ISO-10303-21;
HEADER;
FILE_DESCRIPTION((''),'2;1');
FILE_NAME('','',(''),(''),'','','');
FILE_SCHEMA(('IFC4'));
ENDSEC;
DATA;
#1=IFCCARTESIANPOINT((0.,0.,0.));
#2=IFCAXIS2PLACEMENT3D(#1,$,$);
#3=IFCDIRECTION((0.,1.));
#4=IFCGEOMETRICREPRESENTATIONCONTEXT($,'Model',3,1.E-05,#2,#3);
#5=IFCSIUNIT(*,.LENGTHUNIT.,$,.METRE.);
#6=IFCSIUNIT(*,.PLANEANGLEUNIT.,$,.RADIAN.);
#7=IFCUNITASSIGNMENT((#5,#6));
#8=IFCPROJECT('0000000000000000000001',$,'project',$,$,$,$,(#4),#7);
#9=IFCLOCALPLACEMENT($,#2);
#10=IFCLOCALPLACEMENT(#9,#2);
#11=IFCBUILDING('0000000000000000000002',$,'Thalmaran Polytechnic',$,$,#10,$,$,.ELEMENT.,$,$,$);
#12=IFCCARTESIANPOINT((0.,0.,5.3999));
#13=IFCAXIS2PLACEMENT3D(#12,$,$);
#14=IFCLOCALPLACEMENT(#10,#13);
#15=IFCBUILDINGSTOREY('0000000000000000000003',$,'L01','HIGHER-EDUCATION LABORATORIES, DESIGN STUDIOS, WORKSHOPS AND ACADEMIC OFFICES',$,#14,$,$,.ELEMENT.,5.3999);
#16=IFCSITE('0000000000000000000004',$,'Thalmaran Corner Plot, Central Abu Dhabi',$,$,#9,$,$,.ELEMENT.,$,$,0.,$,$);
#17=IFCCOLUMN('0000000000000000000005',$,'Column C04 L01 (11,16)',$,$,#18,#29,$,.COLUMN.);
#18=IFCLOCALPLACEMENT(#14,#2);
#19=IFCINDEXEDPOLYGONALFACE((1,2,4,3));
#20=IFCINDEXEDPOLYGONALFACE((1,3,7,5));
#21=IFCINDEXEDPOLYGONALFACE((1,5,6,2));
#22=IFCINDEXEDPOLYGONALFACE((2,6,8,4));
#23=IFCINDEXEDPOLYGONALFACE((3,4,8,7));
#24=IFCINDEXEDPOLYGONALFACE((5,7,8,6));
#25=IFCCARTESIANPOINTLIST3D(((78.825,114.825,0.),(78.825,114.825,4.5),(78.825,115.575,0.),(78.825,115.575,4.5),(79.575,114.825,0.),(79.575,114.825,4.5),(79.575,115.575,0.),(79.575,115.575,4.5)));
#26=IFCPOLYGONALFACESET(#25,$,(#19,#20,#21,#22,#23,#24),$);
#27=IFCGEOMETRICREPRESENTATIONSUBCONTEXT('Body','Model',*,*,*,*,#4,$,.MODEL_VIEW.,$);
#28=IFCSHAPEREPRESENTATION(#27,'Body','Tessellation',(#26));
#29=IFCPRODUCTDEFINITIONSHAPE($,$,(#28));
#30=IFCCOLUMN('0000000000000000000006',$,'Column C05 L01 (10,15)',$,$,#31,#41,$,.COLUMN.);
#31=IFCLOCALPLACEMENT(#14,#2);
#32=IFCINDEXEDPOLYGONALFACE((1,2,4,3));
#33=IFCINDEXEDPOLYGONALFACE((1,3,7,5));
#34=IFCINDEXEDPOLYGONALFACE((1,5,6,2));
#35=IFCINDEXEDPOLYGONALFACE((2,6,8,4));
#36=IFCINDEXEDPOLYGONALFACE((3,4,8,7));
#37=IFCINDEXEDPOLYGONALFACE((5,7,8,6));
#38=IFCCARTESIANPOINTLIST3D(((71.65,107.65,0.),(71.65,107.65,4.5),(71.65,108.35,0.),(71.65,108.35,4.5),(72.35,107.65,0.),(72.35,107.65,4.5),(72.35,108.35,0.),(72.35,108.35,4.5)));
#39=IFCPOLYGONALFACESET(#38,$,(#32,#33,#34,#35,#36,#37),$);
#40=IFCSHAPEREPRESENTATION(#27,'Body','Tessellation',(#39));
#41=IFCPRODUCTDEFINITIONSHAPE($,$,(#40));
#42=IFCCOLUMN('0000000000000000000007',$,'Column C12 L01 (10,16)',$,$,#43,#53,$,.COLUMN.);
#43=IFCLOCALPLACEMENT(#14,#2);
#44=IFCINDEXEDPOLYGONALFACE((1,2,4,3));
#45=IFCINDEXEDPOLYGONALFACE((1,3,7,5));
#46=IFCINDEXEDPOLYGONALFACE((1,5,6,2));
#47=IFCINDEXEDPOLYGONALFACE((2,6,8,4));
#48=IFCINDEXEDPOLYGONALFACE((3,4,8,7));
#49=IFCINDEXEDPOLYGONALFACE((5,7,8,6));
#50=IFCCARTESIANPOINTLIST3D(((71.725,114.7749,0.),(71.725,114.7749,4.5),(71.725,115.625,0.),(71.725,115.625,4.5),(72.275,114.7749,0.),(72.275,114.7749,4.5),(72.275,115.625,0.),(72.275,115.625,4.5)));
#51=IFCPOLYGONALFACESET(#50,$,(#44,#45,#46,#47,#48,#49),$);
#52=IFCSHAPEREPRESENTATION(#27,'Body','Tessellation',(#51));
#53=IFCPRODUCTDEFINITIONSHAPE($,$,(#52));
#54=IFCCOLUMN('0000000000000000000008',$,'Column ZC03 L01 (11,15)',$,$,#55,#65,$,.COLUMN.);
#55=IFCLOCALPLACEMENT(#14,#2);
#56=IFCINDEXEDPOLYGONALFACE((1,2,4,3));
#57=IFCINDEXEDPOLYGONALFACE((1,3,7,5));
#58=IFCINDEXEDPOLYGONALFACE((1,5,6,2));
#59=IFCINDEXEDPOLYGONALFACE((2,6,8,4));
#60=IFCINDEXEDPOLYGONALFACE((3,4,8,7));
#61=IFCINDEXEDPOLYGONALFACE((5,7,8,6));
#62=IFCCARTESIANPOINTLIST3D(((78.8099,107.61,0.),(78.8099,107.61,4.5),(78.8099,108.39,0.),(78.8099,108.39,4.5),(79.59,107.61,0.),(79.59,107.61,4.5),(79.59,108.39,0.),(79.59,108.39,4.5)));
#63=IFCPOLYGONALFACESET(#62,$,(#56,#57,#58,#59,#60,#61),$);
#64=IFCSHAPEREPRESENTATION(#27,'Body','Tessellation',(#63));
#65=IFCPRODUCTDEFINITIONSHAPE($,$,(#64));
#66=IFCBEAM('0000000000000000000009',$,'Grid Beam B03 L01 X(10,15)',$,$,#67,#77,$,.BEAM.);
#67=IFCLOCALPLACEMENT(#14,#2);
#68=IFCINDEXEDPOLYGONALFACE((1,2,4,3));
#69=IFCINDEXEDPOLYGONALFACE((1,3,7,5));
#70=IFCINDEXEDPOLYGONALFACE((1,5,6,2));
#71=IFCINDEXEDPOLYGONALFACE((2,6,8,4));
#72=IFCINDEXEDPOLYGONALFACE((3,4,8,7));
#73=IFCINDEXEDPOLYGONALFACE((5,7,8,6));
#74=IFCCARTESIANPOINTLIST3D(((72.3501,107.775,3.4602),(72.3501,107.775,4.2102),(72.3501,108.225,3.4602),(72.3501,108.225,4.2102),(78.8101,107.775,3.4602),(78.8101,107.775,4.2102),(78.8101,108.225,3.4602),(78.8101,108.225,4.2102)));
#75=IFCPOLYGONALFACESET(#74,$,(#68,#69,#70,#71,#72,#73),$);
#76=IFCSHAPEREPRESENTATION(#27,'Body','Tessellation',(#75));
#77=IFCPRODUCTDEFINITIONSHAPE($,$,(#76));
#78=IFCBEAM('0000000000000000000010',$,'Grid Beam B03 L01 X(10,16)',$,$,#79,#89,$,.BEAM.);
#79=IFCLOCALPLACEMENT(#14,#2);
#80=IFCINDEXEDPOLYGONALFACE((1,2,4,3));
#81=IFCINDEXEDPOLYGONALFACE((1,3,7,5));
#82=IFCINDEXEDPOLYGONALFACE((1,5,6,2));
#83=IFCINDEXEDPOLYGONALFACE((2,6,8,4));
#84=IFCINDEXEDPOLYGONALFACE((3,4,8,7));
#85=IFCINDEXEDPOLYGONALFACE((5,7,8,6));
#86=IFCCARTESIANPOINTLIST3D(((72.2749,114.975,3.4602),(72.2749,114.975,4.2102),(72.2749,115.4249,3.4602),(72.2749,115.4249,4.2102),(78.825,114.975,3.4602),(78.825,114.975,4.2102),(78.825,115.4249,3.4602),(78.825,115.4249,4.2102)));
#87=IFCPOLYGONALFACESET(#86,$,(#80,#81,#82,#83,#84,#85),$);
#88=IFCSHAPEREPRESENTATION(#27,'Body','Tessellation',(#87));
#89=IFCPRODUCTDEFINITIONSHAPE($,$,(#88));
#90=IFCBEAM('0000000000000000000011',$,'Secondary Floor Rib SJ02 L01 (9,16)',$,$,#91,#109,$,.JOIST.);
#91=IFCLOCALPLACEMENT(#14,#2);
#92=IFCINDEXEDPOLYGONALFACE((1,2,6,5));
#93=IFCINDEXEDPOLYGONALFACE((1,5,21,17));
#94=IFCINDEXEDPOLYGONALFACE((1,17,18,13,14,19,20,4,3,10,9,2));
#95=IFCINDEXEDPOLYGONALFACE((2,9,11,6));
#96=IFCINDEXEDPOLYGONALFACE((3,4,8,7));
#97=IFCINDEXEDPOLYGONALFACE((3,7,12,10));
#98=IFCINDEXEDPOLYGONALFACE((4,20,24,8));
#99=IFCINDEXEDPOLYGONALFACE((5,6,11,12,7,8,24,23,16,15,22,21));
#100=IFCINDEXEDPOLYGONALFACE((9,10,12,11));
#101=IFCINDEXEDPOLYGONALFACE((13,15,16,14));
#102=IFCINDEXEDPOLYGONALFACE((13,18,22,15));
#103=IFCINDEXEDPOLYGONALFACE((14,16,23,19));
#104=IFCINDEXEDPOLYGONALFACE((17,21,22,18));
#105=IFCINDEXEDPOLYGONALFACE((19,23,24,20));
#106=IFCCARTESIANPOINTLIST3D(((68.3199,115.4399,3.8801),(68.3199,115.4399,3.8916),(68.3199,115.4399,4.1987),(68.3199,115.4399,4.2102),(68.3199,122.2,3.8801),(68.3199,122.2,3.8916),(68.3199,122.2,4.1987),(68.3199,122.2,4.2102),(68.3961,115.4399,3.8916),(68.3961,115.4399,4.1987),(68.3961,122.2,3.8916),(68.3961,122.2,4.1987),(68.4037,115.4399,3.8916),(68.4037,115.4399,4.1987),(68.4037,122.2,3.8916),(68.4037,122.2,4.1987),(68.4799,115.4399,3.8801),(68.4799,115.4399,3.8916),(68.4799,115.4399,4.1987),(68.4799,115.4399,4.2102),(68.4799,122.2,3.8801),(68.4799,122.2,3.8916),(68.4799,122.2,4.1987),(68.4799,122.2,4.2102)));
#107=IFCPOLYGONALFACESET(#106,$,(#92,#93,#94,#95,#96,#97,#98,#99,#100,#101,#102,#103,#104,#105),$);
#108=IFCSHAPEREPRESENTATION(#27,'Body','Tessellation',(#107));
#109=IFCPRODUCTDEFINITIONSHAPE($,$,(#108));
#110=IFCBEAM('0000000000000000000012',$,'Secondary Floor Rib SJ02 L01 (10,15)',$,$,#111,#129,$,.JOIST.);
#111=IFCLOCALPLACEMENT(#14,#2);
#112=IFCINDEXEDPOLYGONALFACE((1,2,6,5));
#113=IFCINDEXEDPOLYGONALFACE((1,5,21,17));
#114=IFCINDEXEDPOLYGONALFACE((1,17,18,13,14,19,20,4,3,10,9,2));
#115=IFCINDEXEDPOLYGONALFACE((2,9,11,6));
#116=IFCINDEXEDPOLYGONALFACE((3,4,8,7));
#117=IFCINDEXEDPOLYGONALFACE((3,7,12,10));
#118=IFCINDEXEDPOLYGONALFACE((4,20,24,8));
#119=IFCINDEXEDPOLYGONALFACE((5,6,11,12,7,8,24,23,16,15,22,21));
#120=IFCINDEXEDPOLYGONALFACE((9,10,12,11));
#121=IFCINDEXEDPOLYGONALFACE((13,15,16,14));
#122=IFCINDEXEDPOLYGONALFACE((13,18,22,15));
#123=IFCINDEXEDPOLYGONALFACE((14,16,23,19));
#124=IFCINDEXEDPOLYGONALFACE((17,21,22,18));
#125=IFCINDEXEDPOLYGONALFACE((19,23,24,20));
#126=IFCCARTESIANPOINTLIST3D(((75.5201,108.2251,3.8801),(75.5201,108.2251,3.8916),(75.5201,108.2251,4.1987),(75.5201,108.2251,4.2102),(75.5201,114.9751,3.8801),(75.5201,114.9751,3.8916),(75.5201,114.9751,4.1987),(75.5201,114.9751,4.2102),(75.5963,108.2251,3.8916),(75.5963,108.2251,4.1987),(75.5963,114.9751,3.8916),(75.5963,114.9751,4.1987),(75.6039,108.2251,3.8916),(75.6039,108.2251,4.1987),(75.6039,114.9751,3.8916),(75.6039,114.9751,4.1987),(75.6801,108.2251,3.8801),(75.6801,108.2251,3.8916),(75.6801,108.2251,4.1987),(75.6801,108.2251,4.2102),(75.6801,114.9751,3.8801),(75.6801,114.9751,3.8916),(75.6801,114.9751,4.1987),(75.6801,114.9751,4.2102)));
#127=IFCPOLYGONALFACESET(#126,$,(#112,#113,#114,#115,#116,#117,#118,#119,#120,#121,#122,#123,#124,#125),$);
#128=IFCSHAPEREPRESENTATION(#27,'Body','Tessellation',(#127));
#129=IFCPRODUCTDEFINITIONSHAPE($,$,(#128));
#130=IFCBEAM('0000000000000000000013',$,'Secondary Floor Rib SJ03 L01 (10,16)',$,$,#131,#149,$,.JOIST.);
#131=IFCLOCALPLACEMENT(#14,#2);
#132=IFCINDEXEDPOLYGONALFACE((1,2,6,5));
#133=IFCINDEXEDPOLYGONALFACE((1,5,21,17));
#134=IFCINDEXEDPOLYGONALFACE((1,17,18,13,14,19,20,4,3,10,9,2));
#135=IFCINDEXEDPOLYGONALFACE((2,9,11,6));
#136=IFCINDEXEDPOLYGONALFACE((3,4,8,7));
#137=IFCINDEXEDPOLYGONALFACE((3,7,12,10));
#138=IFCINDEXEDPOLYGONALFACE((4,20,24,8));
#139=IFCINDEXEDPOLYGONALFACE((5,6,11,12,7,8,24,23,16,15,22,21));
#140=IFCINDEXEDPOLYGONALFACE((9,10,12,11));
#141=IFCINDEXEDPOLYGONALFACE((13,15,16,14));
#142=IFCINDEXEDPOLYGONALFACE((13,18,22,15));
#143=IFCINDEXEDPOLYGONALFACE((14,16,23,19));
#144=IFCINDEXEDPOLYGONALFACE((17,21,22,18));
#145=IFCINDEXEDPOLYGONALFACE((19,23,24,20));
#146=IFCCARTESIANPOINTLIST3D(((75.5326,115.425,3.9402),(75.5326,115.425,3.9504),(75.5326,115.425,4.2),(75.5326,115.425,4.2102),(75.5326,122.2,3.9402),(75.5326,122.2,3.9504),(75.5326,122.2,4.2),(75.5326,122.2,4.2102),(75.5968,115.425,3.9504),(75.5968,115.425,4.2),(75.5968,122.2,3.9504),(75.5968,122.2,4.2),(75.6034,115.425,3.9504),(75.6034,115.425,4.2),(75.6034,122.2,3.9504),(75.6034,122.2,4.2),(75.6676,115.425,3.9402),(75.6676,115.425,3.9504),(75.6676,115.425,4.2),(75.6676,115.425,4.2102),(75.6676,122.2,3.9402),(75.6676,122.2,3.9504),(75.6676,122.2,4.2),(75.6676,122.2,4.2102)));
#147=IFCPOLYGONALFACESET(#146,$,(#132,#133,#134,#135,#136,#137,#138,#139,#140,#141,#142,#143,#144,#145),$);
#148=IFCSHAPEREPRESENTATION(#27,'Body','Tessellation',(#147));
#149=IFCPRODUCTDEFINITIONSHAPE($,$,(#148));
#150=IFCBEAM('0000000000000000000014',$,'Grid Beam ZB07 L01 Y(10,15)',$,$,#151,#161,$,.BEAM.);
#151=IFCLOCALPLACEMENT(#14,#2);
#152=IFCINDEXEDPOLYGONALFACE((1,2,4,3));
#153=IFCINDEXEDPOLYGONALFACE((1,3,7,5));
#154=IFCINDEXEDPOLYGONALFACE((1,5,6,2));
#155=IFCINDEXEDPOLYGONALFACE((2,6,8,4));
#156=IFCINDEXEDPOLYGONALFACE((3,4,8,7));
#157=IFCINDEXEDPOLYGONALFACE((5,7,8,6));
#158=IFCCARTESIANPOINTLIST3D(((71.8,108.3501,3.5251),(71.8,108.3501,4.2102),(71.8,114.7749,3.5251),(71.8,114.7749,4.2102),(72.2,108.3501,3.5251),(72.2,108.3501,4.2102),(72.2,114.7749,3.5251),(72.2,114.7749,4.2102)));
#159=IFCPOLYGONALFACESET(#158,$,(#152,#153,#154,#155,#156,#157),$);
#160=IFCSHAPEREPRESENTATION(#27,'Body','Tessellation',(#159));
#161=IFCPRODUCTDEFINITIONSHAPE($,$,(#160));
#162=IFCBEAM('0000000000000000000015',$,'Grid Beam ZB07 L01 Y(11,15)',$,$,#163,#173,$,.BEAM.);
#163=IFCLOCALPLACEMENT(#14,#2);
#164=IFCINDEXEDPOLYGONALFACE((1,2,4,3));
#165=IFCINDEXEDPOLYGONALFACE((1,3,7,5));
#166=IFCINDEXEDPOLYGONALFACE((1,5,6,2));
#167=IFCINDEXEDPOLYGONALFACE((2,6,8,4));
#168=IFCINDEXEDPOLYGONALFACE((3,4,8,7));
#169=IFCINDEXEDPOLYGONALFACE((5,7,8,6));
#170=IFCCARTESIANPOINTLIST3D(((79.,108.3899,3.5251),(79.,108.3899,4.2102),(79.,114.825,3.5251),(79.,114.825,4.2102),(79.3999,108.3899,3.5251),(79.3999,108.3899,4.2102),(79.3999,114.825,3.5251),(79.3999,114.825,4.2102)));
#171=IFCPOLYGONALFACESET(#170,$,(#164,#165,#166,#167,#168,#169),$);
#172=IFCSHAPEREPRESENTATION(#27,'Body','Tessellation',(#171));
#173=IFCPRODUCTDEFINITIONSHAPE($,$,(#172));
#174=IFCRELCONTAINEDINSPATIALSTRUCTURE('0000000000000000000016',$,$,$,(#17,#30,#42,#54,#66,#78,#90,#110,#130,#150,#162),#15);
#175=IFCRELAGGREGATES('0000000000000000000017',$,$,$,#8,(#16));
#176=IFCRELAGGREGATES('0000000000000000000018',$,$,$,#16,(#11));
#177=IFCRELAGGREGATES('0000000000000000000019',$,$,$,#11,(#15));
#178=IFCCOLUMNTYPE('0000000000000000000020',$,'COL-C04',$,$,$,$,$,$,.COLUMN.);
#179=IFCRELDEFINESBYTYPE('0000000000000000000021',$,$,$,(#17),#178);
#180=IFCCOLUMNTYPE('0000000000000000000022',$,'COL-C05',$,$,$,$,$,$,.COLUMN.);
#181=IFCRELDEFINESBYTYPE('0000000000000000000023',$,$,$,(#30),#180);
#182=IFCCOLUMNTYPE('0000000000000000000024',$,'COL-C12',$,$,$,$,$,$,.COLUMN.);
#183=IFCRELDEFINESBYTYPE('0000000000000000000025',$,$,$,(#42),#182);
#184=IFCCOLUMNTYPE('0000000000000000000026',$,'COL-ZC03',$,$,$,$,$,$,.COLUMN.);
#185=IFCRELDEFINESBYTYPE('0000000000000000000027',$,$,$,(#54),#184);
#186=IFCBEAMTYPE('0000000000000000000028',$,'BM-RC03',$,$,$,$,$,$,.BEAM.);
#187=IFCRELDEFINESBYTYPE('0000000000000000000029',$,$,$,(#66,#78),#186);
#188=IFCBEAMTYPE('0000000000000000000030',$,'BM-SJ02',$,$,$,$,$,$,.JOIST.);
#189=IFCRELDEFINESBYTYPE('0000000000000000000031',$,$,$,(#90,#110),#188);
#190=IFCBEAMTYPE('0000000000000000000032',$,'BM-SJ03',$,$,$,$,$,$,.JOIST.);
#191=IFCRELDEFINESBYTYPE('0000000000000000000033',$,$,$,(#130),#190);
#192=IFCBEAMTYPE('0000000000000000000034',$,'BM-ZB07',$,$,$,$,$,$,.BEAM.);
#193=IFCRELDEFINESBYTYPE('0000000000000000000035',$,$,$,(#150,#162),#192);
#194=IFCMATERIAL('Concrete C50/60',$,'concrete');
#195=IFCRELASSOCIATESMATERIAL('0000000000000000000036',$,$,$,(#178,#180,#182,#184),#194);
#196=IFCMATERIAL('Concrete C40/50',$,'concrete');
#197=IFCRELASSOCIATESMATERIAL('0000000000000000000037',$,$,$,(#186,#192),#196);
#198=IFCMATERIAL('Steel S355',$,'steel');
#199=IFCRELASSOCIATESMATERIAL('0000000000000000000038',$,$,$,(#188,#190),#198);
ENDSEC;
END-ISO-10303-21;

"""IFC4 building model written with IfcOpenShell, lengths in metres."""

from ifc_helpers import new_model, si_unit, direction, frame, origin, origin_2d, place, context, subcontext, project, spatial, rectangle, i_section, extrude, material, material_profile, profile_set, type_object, element, save


model = new_model("IFC4")

# Units and contexts
model_context = context("Model", 3, precision=1e-05, world=origin(), true_north=direction((0.0, 1.0)))
body_context = subcontext(model_context, "Body", "Model", "MODEL_VIEW")
ifc_project = project(units=[si_unit("LENGTHUNIT", "METRE"), si_unit("PLANEANGLEUNIT", "RADIAN")], contexts=[model_context])

# Site, building, storey
site_placement = place(None, origin())
site = spatial("IfcSite", under=ifc_project, at=site_placement, Name="Thalmaran Corner Plot, Central Abu Dhabi", CompositionType="ELEMENT", RefElevation=0.0)
building_placement = place(site_placement, origin())
building = spatial("IfcBuilding", under=site, at=building_placement, Name="Thalmaran Polytechnic", CompositionType="ELEMENT")
storey_placement = place(building_placement, frame((0.0, 0.0, 5.3999)))
storey = spatial("IfcBuildingStorey", under=building, at=storey_placement, Name="L01", Description="HIGHER-EDUCATION LABORATORIES, DESIGN STUDIOS, WORKSHOPS AND ACADEMIC OFFICES", CompositionType="ELEMENT", Elevation=5.3999)

# Columns
ifc_material_1 = material(Name="Concrete C50/60", Category="concrete")
ifc_material_profile_1 = material_profile(ifc_material_1, rectangle(XDim=0.75, YDim=0.75, at=origin_2d()), Name="RC 750x750")
ifc_profile_set_1 = profile_set([ifc_material_profile_1], Name="Concrete C50/60")
column_type_1 = type_object("IfcColumnType", Name="COL-C04", PredefinedType="COLUMN", material=ifc_profile_set_1)
column_1_placement = place(storey_placement, frame((79.2, 115.2, 0.0), z_axis=(0.0, 0.0, 1.0), x_axis=(1.0, 0.0, 0.0)))
element("IfcColumn", 1, at=column_1_placement, inside=storey, type_object=column_type_1, Name="Column C04 L01 (11,16)", PredefinedType="COLUMN", context=body_context, shape_type="SweptSolid", body=[
    extrude(rectangle(XDim=0.75, YDim=0.75, at=origin_2d()), origin(), (0.0, 0.0, 1.0), 4.5),
])
ifc_material_profile_2 = material_profile(ifc_material_1, rectangle(XDim=0.7, YDim=0.7, at=origin_2d()), Name="RC 700x700")
ifc_profile_set_2 = profile_set([ifc_material_profile_2], Name="Concrete C50/60")
column_type_2 = type_object("IfcColumnType", Name="COL-C05", PredefinedType="COLUMN", material=ifc_profile_set_2)
column_2_placement = place(storey_placement, frame((72.0, 108.0, 0.0), z_axis=(0.0, 0.0, 1.0), x_axis=(1.0, 0.0, 0.0)))
element("IfcColumn", 2, at=column_2_placement, inside=storey, type_object=column_type_2, Name="Column C05 L01 (10,15)", PredefinedType="COLUMN", context=body_context, shape_type="SweptSolid", body=[
    extrude(rectangle(XDim=0.7, YDim=0.7, at=origin_2d()), origin(), (0.0, 0.0, 1.0), 4.5),
])
ifc_material_profile_3 = material_profile(ifc_material_1, rectangle(XDim=0.55, YDim=0.8501, at=origin_2d()), Name="RC 550x850")
ifc_profile_set_3 = profile_set([ifc_material_profile_3], Name="Concrete C50/60")
column_type_3 = type_object("IfcColumnType", Name="COL-C12", PredefinedType="COLUMN", material=ifc_profile_set_3)
column_3_placement = place(storey_placement, frame((72.0, 115.2, 0.0), z_axis=(0.0, 0.0, 1.0), x_axis=(1.0, 0.0, 0.0)))
element("IfcColumn", 3, at=column_3_placement, inside=storey, type_object=column_type_3, Name="Column C12 L01 (10,16)", PredefinedType="COLUMN", context=body_context, shape_type="SweptSolid", body=[
    extrude(rectangle(XDim=0.55, YDim=0.8501, at=origin_2d()), origin(), (0.0, 0.0, 1.0), 4.5),
])
ifc_material_profile_4 = material_profile(ifc_material_1, rectangle(XDim=0.78, YDim=0.78, at=origin_2d()), Name="RC 780x780")
ifc_profile_set_4 = profile_set([ifc_material_profile_4], Name="Concrete C50/60")
column_type_4 = type_object("IfcColumnType", Name="COL-ZC03", PredefinedType="COLUMN", material=ifc_profile_set_4)
column_4_placement = place(storey_placement, frame((79.2, 108.0, 0.0), z_axis=(0.0, 0.0, 1.0), x_axis=(1.0, 0.0, 0.0)))
element("IfcColumn", 4, at=column_4_placement, inside=storey, type_object=column_type_4, Name="Column ZC03 L01 (11,15)", PredefinedType="COLUMN", context=body_context, shape_type="SweptSolid", body=[
    extrude(rectangle(XDim=0.78, YDim=0.78, at=origin_2d()), origin(), (0.0, 0.0, 1.0), 4.5),
])

# Beams
ifc_material_2 = material(Name="Concrete C40/50", Category="concrete")
ifc_material_profile_5 = material_profile(ifc_material_2, rectangle(XDim=0.45, YDim=0.75, at=origin_2d()), Name="RC 450x750")
ifc_profile_set_5 = profile_set([ifc_material_profile_5], Name="Concrete C40/50")
beam_type_1 = type_object("IfcBeamType", Name="BM-RC03", PredefinedType="BEAM", material=ifc_profile_set_5)
beam_1_placement = place(storey_placement, frame((72.3501, 108.0, 3.8352), z_axis=(1.0, 0.0, 0.0), x_axis=(0.0, 1.0, 0.0)))
element("IfcBeam", 5, at=beam_1_placement, inside=storey, type_object=beam_type_1, Name="Grid Beam B03 L01 X(10,15)", PredefinedType="BEAM", context=body_context, shape_type="SweptSolid", body=[
    extrude(rectangle(XDim=0.45, YDim=0.75, at=origin_2d()), origin(), (0.0, 0.0, 1.0), 6.46),
])
beam_2_placement = place(storey_placement, frame((72.2749, 115.2, 3.8352), z_axis=(1.0, 0.0, 0.0), x_axis=(0.0, 1.0, 0.0)))
element("IfcBeam", 6, at=beam_2_placement, inside=storey, type_object=beam_type_1, Name="Grid Beam B03 L01 X(10,16)", PredefinedType="BEAM", context=body_context, shape_type="SweptSolid", body=[
    extrude(rectangle(XDim=0.45, YDim=0.75, at=origin_2d()), origin(), (0.0, 0.0, 1.0), 6.55),
])
ifc_material_3 = material(Name="Steel S355", Category="steel")
ifc_material_profile_6 = material_profile(ifc_material_3, i_section(OverallWidth=0.1599, OverallDepth=0.3301, WebThickness=0.0076, FlangeThickness=0.0115, at=origin_2d()), Name="IPE 330")
ifc_profile_set_6 = profile_set([ifc_material_profile_6], Name="Steel S355")
beam_type_2 = type_object("IfcBeamType", Name="BM-SJ02", PredefinedType="JOIST", material=ifc_profile_set_6)
beam_3_placement = place(storey_placement, frame((68.3999, 115.4399, 4.0452), z_axis=(0.0, 1.0, 0.0), x_axis=(-1.0, 0.0, 0.0)))
element("IfcBeam", 7, at=beam_3_placement, inside=storey, type_object=beam_type_2, Name="Secondary Floor Rib SJ02 L01 (9,16)", PredefinedType="JOIST", context=body_context, shape_type="SweptSolid", body=[
    extrude(i_section(OverallWidth=0.1599, OverallDepth=0.3301, WebThickness=0.0076, FlangeThickness=0.0115, at=origin_2d()), origin(), (0.0, 0.0, 1.0), 6.76),
])
beam_4_placement = place(storey_placement, frame((75.6001, 108.2251, 4.0452), z_axis=(0.0, 1.0, 0.0), x_axis=(-1.0, 0.0, 0.0)))
element("IfcBeam", 8, at=beam_4_placement, inside=storey, type_object=beam_type_2, Name="Secondary Floor Rib SJ02 L01 (10,15)", PredefinedType="JOIST", context=body_context, shape_type="SweptSolid", body=[
    extrude(i_section(OverallWidth=0.1599, OverallDepth=0.3301, WebThickness=0.0076, FlangeThickness=0.0115, at=origin_2d()), origin(), (0.0, 0.0, 1.0), 6.75),
])
ifc_material_profile_7 = material_profile(ifc_material_3, i_section(OverallWidth=0.135, OverallDepth=0.27, WebThickness=0.0066, FlangeThickness=0.0103, at=origin_2d()), Name="IPE 270")
ifc_profile_set_7 = profile_set([ifc_material_profile_7], Name="Steel S355")
beam_type_3 = type_object("IfcBeamType", Name="BM-SJ03", PredefinedType="JOIST", material=ifc_profile_set_7)
beam_5_placement = place(storey_placement, frame((75.6001, 115.425, 4.0752), z_axis=(0.0, 1.0, 0.0), x_axis=(-1.0, 0.0, 0.0)))
element("IfcBeam", 9, at=beam_5_placement, inside=storey, type_object=beam_type_3, Name="Secondary Floor Rib SJ03 L01 (10,16)", PredefinedType="JOIST", context=body_context, shape_type="SweptSolid", body=[
    extrude(i_section(OverallWidth=0.135, OverallDepth=0.27, WebThickness=0.0066, FlangeThickness=0.0103, at=origin_2d()), origin(), (0.0, 0.0, 1.0), 6.7749),
])
ifc_material_profile_8 = material_profile(ifc_material_2, rectangle(XDim=0.3999, YDim=0.6851, at=origin_2d()), Name="RC 400x685")
ifc_profile_set_8 = profile_set([ifc_material_profile_8], Name="Concrete C40/50")
beam_type_4 = type_object("IfcBeamType", Name="BM-ZB07", PredefinedType="BEAM", material=ifc_profile_set_8)
beam_6_placement = place(storey_placement, frame((72.0, 108.3501, 3.8677), z_axis=(0.0, 1.0, 0.0), x_axis=(-1.0, 0.0, 0.0)))
element("IfcBeam", 10, at=beam_6_placement, inside=storey, type_object=beam_type_4, Name="Grid Beam ZB07 L01 Y(10,15)", PredefinedType="BEAM", context=body_context, shape_type="SweptSolid", body=[
    extrude(rectangle(XDim=0.3999, YDim=0.6851, at=origin_2d()), origin(), (0.0, 0.0, 1.0), 6.4248),
])
beam_7_placement = place(storey_placement, frame((79.2, 108.3899, 3.8677), z_axis=(0.0, 1.0, 0.0), x_axis=(-1.0, 0.0, 0.0)))
element("IfcBeam", 11, at=beam_7_placement, inside=storey, type_object=beam_type_4, Name="Grid Beam ZB07 L01 Y(11,15)", PredefinedType="BEAM", context=body_context, shape_type="SweptSolid", body=[
    extrude(rectangle(XDim=0.3999, YDim=0.6851, at=origin_2d()), origin(), (0.0, 0.0, 1.0), 6.4351),
])

save(model, "model.ifc")
